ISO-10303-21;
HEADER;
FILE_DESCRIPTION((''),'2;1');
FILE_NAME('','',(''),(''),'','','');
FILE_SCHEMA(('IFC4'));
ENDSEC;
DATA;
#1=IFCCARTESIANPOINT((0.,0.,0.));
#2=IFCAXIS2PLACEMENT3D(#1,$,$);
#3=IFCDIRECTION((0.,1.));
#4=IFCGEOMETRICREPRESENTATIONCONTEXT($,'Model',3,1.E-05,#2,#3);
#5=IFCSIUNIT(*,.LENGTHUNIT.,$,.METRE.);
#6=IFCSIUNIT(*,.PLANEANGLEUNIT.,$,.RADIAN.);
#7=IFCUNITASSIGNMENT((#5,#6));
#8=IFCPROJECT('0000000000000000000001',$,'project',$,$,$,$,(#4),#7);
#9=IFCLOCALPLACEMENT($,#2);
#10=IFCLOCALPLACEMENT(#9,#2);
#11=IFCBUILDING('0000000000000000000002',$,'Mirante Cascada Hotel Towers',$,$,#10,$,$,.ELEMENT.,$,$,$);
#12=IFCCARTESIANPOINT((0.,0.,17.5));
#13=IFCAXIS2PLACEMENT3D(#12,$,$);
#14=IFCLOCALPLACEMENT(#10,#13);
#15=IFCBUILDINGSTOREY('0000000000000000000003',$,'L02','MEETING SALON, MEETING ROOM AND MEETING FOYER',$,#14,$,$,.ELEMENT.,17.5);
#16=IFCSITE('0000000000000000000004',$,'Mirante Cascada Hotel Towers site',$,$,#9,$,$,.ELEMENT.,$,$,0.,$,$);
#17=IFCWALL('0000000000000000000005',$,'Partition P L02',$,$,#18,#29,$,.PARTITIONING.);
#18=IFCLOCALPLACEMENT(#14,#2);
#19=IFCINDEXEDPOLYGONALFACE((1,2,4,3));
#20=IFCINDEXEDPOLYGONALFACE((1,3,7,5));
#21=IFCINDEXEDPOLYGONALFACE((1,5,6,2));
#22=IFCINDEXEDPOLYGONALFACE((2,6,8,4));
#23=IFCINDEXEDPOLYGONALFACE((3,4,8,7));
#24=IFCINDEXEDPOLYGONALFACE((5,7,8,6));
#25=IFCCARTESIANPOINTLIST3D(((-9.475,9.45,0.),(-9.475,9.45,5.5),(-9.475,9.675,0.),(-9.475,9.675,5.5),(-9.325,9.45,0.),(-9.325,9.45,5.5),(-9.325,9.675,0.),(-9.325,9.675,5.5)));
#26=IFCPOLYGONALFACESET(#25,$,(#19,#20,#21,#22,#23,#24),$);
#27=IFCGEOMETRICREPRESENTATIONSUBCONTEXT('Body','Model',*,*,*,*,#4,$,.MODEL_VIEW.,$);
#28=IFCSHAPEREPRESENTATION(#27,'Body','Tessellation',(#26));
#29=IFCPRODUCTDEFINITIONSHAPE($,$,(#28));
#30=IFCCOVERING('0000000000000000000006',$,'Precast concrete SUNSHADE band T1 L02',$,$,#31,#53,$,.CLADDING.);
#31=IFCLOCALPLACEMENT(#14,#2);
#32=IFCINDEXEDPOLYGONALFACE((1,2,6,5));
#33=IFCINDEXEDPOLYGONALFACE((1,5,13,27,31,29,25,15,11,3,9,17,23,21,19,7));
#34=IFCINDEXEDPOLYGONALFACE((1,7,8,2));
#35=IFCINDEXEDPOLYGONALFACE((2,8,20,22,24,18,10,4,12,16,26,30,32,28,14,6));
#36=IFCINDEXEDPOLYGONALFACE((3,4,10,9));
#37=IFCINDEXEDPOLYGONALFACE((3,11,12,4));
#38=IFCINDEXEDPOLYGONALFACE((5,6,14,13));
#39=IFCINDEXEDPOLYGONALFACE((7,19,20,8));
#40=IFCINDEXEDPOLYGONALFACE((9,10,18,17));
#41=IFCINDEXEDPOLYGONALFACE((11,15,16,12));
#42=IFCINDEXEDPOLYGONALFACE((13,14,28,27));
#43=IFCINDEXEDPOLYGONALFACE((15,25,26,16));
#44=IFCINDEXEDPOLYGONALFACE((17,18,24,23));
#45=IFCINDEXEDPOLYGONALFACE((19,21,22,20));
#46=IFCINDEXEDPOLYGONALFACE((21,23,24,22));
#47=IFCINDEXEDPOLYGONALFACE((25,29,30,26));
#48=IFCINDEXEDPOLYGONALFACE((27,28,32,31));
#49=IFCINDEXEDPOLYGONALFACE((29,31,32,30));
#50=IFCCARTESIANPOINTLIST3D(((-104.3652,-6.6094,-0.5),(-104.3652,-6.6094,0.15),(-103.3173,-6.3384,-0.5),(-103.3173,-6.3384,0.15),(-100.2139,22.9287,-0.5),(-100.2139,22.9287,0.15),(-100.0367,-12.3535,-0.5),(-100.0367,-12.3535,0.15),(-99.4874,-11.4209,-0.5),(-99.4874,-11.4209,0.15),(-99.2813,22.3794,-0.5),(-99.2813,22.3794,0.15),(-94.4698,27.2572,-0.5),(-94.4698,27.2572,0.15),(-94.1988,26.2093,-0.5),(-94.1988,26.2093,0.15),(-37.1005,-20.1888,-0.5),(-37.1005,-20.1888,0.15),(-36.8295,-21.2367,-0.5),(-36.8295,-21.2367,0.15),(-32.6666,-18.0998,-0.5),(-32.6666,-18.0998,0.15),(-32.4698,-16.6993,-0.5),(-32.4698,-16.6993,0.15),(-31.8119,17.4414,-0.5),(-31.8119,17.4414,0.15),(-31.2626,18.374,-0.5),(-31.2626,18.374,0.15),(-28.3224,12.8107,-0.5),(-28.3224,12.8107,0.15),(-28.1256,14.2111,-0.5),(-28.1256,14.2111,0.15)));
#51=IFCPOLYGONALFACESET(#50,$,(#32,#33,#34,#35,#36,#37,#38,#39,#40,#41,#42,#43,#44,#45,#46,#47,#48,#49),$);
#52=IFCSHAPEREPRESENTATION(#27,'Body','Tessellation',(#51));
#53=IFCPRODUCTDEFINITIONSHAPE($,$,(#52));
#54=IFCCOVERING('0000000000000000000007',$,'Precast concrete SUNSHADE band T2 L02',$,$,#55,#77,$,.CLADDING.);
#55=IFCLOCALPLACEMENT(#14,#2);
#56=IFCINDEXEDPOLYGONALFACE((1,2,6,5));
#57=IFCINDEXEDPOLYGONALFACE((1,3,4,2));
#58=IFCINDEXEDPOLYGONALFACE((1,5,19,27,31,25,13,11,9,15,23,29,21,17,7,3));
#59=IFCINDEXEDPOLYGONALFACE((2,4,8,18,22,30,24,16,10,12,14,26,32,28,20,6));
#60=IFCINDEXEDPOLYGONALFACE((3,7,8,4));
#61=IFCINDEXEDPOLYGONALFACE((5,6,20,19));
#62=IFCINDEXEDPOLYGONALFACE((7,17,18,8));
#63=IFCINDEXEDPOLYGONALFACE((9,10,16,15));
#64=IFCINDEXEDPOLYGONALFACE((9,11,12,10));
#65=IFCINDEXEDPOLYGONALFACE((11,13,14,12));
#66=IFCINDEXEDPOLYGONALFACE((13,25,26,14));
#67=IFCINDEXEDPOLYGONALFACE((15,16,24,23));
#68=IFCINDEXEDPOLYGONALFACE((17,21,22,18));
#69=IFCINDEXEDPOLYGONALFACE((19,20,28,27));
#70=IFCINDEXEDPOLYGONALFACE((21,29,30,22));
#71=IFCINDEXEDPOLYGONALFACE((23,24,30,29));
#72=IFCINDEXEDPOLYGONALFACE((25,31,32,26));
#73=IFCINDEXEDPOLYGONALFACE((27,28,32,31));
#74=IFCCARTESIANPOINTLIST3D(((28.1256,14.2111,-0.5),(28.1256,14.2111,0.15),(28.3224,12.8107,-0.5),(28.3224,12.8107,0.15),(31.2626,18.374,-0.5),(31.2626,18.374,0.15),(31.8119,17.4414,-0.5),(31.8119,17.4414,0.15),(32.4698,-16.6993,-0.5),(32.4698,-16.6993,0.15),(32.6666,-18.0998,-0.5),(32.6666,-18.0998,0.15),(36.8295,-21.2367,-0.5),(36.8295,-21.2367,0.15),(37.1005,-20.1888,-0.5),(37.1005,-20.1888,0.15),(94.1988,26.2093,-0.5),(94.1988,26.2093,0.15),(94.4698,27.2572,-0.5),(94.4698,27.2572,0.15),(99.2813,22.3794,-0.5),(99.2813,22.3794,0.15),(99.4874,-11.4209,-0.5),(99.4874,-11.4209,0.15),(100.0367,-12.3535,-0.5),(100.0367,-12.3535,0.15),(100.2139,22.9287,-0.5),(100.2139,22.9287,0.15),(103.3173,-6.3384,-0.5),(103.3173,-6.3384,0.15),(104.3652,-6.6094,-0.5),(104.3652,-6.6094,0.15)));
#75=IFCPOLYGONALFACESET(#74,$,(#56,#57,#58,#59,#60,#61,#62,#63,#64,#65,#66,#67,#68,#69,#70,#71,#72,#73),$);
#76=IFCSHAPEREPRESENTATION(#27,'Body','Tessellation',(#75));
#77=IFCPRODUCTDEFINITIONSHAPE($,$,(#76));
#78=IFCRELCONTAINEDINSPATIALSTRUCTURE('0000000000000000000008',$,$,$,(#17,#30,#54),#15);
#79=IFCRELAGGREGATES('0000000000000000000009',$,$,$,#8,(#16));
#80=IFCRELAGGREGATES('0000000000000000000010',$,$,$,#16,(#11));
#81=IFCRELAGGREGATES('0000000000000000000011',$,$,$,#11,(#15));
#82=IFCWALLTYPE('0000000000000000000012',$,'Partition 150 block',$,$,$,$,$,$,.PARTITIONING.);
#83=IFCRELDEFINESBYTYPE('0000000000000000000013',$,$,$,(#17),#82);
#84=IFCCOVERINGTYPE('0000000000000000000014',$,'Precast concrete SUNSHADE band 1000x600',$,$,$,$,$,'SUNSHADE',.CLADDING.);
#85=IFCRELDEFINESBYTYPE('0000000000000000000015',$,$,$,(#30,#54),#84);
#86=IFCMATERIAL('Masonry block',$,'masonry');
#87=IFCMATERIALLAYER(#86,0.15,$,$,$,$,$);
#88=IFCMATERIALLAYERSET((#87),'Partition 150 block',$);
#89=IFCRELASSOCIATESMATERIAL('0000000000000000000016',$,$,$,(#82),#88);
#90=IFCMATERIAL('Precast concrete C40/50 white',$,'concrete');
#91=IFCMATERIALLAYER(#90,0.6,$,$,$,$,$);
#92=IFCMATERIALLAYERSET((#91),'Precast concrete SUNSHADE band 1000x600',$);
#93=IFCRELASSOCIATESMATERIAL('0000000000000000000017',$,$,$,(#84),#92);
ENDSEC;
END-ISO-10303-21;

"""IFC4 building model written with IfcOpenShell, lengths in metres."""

from ifc_helpers import new_model, si_unit, direction, frame, frame_2d, origin, place, context, subcontext, project, spatial, polyline, rectangle, outline, extrude, material, layer, layer_set, type_object, element, save


model = new_model("IFC4")

# Units and contexts
model_context = context("Model", 3, precision=1e-05, world=origin(), true_north=direction((0.0, 1.0)))
body_context = subcontext(model_context, "Body", "Model", "MODEL_VIEW")
ifc_project = project(units=[si_unit("LENGTHUNIT", "METRE"), si_unit("PLANEANGLEUNIT", "RADIAN")], contexts=[model_context])

# Site, building, storey
site_placement = place(None, origin())
site = spatial("IfcSite", under=ifc_project, at=site_placement, Name="Mirante Cascada Hotel Towers site", CompositionType="ELEMENT", RefElevation=0.0)
building_placement = place(site_placement, origin())
building = spatial("IfcBuilding", under=site, at=building_placement, Name="Mirante Cascada Hotel Towers", CompositionType="ELEMENT")
storey_placement = place(building_placement, frame((0.0, 0.0, 17.5)))
storey = spatial("IfcBuildingStorey", under=building, at=storey_placement, Name="L02", Description="MEETING SALON, MEETING ROOM AND MEETING FOYER", CompositionType="ELEMENT", Elevation=17.5)

# Wall
ifc_material_1 = material(Name="Masonry block", Category="masonry")
ifc_layer_1 = layer(ifc_material_1, 0.15)
ifc_layer_set_1 = layer_set([ifc_layer_1], Name="Partition 150 block")
wall_type = type_object("IfcWallType", Name="Partition 150 block", PredefinedType="PARTITIONING", material=ifc_layer_set_1)
wall_1_placement = place(storey_placement, frame((-9.4, 9.45, 0.0), z_axis=(0.0, 0.0, 1.0), x_axis=(0.0, 1.0, 0.0)))
element("IfcWall", 1, at=wall_1_placement, inside=storey, type_object=wall_type, Name="Partition P L02", PredefinedType="PARTITIONING", context=body_context, shape_type="SweptSolid", body=[
    extrude(rectangle(XDim=0.225, YDim=0.15, at=frame_2d((0.1125, 0.0))), origin(), (0.0, 0.0, 1.0), 5.5),
])

# Coverings
ifc_material_2 = material(Name="Precast concrete C40/50 white", Category="concrete")
ifc_layer_2 = layer(ifc_material_2, 0.6)
ifc_layer_set_2 = layer_set([ifc_layer_2], Name="Precast concrete SUNSHADE band 1000x600")
covering_type = type_object("IfcCoveringType", Name="Precast concrete SUNSHADE band 1000x600", ElementType="SUNSHADE", PredefinedType="CLADDING", material=ifc_layer_set_2)
covering_1_placement = place(storey_placement, frame((0.0, 0.0, -0.5)))
element("IfcCovering", 2, at=covering_1_placement, inside=storey, type_object=covering_type, Name="Precast concrete SUNSHADE band T1 L02", PredefinedType="CLADDING", context=body_context, shape_type="SweptSolid", body=[
    extrude(outline(polyline([(-100.2139, 22.9287), (-94.4698, 27.2572), (-31.2626, 18.374), (-28.1256, 14.2111), (-28.3224, 12.8107), (-31.8119, 17.4414), (-94.1988, 26.2093), (-99.2813, 22.3794), (-103.3173, -6.3384), (-99.4874, -11.4209), (-37.1005, -20.1888), (-32.4698, -16.6993), (-32.6666, -18.0998), (-36.8295, -21.2367), (-100.0367, -12.3535), (-104.3652, -6.6094), (-100.2139, 22.9287)])), origin(), (0.0, 0.0, 1.0), 0.65),
])
covering_2_placement = place(storey_placement, frame((0.0, 0.0, -0.5)))
element("IfcCovering", 3, at=covering_2_placement, inside=storey, type_object=covering_type, Name="Precast concrete SUNSHADE band T2 L02", PredefinedType="CLADDING", context=body_context, shape_type="SweptSolid", body=[
    extrude(outline(polyline([(94.4698, 27.2572), (100.2139, 22.9287), (104.3652, -6.6094), (100.0367, -12.3535), (36.8295, -21.2367), (32.6666, -18.0998), (32.4698, -16.6993), (37.1005, -20.1888), (99.4874, -11.4209), (103.3173, -6.3384), (99.2813, 22.3794), (94.1988, 26.2093), (31.8119, 17.4414), (28.3224, 12.8107), (28.1256, 14.2111), (31.2626, 18.374), (94.4698, 27.2572)])), origin(), (0.0, 0.0, 1.0), 0.65),
])

save(model, "model.ifc")
